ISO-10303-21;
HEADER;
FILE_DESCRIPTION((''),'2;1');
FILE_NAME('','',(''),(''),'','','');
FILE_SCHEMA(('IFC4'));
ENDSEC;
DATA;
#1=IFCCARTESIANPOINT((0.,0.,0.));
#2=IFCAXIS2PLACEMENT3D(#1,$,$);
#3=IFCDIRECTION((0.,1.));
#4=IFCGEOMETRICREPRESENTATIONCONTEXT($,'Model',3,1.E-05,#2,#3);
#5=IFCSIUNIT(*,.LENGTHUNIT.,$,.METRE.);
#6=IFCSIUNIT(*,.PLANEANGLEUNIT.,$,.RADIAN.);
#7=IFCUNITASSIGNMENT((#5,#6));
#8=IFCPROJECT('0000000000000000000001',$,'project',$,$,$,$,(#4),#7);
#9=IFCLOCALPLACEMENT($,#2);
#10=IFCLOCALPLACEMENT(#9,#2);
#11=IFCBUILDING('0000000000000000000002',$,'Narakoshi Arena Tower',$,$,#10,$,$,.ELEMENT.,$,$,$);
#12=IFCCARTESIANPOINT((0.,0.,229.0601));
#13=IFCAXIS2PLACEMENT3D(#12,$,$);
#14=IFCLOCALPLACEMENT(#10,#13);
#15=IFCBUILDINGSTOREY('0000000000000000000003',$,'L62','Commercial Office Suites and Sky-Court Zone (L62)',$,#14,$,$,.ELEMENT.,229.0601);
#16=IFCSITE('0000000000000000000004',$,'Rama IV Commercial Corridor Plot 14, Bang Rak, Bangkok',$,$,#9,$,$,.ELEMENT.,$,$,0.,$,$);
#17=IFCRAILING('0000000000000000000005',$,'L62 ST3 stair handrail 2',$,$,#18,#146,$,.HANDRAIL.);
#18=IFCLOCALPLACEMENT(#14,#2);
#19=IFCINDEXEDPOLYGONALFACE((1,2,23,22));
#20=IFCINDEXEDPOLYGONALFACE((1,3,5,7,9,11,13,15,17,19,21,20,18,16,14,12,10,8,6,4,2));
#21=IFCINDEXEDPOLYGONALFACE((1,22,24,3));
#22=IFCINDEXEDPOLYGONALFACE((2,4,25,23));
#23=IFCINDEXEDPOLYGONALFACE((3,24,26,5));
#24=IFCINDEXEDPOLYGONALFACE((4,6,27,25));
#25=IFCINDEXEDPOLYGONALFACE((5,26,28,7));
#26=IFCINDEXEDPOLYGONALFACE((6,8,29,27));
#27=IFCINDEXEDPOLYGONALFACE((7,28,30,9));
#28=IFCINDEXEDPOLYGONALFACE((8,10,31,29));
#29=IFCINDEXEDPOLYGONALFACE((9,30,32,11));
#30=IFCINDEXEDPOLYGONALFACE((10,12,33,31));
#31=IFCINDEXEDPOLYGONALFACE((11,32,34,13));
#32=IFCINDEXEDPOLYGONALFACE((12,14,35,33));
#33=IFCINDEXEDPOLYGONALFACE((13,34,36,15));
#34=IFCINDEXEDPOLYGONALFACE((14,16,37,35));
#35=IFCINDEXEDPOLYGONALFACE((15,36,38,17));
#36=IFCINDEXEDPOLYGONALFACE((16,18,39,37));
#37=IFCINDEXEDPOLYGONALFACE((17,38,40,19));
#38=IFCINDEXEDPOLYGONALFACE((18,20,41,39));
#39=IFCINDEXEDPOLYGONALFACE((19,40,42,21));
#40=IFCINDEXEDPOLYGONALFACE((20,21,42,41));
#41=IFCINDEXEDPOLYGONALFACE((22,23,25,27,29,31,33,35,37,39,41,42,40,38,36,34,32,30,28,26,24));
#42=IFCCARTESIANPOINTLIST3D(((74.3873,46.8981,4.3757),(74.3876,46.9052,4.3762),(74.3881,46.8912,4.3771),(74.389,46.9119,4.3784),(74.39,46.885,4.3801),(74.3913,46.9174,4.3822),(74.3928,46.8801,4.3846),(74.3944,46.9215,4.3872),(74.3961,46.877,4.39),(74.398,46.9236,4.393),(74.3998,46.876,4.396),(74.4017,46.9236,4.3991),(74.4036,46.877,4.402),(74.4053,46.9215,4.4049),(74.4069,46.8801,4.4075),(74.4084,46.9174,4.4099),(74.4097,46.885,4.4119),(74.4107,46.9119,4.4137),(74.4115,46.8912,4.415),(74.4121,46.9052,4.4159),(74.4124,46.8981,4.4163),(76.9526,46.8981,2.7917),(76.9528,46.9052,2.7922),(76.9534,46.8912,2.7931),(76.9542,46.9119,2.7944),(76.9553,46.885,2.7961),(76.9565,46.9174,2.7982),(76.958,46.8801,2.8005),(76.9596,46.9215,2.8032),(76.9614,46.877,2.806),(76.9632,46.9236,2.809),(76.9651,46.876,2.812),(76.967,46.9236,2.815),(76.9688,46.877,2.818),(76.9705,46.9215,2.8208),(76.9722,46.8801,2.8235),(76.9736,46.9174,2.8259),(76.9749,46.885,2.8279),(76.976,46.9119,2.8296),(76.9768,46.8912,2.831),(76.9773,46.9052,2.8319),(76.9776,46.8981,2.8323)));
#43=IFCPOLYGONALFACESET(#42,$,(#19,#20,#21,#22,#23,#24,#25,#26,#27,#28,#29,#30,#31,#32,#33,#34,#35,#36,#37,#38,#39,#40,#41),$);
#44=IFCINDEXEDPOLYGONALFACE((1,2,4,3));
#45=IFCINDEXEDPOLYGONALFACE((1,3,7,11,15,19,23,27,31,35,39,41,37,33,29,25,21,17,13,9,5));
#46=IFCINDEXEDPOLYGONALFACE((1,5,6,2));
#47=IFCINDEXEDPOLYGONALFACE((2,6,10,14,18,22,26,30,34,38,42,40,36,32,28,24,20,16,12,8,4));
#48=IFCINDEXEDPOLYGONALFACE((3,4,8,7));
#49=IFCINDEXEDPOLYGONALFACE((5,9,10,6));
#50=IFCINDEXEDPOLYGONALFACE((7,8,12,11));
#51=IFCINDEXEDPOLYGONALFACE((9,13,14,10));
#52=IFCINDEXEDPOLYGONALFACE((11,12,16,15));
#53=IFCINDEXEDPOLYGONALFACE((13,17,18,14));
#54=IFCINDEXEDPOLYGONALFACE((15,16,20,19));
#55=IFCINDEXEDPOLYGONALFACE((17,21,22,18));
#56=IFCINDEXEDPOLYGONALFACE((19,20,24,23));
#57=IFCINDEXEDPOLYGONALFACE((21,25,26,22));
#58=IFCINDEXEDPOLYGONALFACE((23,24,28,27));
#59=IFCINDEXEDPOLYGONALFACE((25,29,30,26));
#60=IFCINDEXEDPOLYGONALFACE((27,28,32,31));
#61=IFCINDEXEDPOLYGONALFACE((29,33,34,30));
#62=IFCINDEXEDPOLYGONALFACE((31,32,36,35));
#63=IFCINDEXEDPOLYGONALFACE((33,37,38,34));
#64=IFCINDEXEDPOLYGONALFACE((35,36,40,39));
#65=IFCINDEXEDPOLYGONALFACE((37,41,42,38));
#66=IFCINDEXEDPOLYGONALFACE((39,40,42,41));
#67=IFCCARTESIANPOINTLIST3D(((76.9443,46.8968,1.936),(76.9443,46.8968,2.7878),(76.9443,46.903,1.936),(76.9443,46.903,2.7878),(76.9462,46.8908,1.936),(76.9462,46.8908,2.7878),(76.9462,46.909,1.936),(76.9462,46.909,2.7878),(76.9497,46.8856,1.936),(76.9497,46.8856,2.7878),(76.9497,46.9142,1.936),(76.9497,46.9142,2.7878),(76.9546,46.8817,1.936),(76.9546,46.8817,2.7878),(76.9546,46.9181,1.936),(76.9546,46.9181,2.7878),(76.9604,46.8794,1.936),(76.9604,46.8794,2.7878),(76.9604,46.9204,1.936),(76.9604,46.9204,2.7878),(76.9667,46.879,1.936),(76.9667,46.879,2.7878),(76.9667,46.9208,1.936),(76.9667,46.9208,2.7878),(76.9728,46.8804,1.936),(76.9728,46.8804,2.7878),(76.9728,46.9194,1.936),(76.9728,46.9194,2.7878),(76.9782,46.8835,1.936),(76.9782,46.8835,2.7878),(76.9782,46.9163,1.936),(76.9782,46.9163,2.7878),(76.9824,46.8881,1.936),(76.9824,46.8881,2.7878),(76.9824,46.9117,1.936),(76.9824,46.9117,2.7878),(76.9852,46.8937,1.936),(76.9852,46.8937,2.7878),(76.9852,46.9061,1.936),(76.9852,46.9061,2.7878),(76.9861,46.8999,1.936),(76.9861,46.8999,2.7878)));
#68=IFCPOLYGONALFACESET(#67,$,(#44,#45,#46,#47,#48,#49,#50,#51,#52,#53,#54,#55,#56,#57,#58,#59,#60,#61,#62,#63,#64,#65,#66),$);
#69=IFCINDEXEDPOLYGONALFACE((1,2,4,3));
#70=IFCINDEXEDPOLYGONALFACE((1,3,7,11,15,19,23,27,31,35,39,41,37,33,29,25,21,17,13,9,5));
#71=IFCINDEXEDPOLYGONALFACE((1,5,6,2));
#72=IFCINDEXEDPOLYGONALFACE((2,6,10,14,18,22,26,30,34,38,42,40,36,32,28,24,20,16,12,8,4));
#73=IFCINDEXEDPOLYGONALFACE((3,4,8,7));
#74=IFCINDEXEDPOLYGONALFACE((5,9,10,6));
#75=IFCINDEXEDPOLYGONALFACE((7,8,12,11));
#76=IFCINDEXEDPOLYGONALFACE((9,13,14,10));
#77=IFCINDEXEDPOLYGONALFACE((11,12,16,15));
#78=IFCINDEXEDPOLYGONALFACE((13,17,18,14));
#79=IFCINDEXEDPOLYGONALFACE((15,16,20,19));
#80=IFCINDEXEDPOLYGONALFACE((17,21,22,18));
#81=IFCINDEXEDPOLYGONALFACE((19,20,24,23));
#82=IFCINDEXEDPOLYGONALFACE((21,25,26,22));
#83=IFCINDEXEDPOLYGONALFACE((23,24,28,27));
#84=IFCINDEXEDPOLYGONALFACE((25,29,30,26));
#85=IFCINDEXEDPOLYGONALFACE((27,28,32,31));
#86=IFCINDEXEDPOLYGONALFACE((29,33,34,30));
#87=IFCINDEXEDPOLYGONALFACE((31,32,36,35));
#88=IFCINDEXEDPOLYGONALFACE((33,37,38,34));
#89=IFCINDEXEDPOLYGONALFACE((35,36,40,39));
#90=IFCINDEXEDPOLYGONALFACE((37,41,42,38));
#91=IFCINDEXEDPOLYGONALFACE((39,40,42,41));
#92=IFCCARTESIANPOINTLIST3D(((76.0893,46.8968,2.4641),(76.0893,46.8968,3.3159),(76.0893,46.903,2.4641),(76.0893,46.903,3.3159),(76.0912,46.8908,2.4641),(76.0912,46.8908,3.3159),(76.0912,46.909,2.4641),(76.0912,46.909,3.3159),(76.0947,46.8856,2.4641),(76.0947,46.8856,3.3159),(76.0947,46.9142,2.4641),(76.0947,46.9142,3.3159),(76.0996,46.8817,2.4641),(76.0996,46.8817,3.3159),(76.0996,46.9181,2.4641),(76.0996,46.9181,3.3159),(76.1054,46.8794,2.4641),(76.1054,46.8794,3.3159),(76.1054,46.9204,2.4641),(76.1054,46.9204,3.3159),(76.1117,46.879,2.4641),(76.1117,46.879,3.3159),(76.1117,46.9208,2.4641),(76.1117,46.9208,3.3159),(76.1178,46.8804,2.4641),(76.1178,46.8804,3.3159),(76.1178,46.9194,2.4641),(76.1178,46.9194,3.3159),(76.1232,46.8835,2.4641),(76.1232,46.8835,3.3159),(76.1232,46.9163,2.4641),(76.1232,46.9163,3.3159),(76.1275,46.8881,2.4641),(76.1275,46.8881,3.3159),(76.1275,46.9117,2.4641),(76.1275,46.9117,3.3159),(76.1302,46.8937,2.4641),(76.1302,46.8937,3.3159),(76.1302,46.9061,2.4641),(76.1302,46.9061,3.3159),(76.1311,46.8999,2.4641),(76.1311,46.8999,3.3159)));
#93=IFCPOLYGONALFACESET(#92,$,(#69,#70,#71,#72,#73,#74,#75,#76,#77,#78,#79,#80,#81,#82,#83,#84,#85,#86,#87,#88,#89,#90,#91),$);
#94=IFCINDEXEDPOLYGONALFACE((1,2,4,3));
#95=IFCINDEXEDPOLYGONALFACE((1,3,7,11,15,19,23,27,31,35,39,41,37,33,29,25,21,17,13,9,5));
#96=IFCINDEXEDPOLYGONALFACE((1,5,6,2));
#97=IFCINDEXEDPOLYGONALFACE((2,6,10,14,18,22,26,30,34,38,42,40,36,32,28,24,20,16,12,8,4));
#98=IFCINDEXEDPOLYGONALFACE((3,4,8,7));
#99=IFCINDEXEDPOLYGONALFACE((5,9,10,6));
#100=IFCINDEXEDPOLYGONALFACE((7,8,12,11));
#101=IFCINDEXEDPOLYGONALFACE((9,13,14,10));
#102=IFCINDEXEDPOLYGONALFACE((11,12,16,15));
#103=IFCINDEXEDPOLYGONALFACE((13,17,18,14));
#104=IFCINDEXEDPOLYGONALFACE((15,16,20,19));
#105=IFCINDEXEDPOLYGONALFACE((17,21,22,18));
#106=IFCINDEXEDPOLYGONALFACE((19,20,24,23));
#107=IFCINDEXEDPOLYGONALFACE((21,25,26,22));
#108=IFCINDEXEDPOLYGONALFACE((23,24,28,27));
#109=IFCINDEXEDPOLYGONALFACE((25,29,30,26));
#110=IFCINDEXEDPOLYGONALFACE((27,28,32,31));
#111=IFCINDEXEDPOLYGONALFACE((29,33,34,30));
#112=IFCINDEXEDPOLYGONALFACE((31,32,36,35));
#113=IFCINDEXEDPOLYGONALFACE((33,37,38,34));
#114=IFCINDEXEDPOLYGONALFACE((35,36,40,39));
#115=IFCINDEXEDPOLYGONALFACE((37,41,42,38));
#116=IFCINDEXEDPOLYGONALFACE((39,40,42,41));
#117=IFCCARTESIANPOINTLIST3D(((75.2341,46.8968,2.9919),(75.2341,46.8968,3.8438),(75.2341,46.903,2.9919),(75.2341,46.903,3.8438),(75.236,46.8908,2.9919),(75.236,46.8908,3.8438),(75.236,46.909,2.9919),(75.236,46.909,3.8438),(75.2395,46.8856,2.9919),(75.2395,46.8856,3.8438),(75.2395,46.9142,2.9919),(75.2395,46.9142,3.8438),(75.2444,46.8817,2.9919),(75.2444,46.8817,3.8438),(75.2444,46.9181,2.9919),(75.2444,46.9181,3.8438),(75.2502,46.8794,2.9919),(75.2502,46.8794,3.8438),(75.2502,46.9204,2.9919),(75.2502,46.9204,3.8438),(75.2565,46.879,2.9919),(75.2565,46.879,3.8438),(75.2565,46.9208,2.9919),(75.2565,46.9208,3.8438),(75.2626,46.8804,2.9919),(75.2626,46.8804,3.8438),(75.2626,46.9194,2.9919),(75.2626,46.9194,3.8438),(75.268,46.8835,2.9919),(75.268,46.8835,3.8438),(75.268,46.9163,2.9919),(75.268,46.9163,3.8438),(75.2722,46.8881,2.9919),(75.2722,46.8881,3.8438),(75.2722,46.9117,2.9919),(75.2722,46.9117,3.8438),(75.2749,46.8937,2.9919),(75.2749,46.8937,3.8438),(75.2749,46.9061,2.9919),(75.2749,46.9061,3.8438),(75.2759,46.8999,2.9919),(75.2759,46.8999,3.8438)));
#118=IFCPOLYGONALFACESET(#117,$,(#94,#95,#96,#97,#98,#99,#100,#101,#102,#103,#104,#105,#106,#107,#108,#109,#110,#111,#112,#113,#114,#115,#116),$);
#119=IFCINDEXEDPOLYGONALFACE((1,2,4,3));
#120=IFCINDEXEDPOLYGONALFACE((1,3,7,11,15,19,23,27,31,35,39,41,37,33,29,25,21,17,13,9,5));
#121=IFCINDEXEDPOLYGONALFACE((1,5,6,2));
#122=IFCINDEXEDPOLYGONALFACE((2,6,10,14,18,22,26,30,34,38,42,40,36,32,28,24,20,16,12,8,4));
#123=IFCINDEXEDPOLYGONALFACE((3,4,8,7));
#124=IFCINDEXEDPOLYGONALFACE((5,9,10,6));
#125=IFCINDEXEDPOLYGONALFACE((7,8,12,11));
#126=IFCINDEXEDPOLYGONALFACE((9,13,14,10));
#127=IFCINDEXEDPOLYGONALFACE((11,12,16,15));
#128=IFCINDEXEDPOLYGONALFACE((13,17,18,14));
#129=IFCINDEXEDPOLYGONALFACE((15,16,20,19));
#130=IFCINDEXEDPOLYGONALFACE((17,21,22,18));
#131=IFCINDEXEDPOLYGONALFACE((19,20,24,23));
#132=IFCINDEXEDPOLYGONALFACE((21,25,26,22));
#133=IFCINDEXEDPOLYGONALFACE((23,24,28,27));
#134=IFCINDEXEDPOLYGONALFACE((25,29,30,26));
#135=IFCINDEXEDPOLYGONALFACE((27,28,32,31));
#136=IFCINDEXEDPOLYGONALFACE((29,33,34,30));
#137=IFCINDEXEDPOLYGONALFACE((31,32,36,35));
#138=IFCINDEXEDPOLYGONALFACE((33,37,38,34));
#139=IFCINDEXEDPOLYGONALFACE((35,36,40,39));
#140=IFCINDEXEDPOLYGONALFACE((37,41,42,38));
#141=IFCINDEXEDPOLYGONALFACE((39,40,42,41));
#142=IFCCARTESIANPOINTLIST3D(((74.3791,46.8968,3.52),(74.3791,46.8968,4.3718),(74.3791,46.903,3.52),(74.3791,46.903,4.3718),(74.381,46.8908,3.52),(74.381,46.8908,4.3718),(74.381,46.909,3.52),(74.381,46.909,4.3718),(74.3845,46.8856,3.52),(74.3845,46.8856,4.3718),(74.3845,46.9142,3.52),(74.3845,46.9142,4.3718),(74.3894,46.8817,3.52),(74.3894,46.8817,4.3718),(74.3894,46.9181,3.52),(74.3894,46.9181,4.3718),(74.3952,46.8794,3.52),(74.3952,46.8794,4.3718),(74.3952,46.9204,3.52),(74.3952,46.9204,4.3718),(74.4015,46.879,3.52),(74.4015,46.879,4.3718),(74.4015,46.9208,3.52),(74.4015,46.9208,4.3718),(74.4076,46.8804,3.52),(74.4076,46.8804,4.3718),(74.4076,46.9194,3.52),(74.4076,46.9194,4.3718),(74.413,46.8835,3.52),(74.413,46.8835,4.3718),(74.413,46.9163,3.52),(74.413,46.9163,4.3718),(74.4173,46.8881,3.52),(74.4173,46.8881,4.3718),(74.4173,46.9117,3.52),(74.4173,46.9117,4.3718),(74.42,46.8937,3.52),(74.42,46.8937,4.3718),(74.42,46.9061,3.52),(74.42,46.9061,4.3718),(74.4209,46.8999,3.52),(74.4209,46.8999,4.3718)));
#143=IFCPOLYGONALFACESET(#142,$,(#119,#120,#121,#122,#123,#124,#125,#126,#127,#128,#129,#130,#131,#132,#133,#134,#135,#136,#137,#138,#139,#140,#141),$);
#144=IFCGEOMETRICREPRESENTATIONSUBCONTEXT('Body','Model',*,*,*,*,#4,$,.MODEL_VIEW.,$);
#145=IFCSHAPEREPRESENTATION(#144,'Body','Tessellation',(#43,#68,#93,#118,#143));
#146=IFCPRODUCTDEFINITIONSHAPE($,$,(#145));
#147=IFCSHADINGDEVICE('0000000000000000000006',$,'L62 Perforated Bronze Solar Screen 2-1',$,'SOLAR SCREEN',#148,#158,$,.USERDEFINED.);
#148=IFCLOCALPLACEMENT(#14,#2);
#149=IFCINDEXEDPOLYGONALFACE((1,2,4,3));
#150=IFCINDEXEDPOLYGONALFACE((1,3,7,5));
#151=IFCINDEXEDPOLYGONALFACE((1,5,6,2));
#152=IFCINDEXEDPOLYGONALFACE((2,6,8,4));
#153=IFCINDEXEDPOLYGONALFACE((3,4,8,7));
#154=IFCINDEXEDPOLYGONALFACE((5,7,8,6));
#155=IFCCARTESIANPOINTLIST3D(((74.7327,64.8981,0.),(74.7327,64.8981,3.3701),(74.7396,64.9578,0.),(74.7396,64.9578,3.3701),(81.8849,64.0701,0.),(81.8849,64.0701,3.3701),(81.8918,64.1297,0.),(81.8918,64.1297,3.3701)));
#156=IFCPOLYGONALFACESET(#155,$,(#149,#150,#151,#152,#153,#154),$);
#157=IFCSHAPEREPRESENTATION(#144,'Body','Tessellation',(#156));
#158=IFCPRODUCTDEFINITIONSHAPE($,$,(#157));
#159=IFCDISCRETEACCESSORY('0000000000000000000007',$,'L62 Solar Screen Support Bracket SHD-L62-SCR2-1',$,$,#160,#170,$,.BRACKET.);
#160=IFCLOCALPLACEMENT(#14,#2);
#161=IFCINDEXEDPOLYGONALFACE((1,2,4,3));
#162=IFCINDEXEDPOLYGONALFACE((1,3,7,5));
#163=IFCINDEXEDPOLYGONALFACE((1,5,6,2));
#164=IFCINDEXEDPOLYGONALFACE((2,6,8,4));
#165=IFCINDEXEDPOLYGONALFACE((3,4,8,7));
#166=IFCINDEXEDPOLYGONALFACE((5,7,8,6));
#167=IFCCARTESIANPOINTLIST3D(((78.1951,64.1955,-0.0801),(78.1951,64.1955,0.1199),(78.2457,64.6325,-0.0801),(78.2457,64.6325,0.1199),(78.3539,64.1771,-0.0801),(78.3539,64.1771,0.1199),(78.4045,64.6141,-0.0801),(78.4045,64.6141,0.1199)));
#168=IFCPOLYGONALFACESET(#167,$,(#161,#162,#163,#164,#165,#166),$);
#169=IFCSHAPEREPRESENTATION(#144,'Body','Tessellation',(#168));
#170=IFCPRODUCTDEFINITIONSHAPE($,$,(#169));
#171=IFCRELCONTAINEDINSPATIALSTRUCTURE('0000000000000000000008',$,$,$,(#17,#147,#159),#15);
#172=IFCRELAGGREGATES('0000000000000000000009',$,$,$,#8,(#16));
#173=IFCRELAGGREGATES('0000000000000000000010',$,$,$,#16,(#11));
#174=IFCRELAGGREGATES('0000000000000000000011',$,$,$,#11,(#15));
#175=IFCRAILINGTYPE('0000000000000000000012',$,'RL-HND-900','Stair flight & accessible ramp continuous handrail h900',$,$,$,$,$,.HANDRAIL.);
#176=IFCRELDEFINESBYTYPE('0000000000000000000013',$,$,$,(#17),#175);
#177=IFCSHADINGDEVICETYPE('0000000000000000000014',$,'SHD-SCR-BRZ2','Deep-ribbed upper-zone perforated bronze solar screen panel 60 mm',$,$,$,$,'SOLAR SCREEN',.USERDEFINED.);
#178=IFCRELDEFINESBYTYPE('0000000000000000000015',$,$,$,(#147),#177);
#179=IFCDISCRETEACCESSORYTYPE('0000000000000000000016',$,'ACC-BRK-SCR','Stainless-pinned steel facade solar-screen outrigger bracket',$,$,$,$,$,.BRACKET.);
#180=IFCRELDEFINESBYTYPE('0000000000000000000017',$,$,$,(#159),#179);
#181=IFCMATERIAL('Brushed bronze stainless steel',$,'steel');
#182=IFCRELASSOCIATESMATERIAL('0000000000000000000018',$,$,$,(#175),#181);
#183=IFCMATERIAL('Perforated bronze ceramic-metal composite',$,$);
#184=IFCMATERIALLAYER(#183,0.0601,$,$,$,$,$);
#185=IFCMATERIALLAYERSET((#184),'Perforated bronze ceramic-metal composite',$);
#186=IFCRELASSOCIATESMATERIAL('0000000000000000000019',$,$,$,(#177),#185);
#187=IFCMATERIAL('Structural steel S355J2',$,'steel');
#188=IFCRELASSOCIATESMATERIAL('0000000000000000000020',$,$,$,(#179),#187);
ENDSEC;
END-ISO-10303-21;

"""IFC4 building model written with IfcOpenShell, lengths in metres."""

from ifc_helpers import new_model, si_unit, direction, frame, origin, origin_2d, place, context, subcontext, project, spatial, rectangle, circle, extrude, material, layer, layer_set, type_object, element, save


model = new_model("IFC4")

# Units and contexts
model_context = context("Model", 3, precision=1e-05, world=origin(), true_north=direction((0.0, 1.0)))
body_context = subcontext(model_context, "Body", "Model", "MODEL_VIEW")
ifc_project = project(units=[si_unit("LENGTHUNIT", "METRE"), si_unit("PLANEANGLEUNIT", "RADIAN")], contexts=[model_context])

# Site, building, storey
site_placement = place(None, origin())
site = spatial("IfcSite", under=ifc_project, at=site_placement, Name="Rama IV Commercial Corridor Plot 14, Bang Rak, Bangkok", CompositionType="ELEMENT", RefElevation=0.0)
building_placement = place(site_placement, origin())
building = spatial("IfcBuilding", under=site, at=building_placement, Name="Narakoshi Arena Tower", CompositionType="ELEMENT")
storey_placement = place(building_placement, frame((0.0, 0.0, 229.0601)))
storey = spatial("IfcBuildingStorey", under=building, at=storey_placement, Name="L62", Description="Commercial Office Suites and Sky-Court Zone (L62)", CompositionType="ELEMENT", Elevation=229.0601)

# Shared definitions
ifc_material_1 = material(Name="Brushed bronze stainless steel", Category="steel")

# Railing
railing_type_1 = type_object("IfcRailingType", Name="RL-HND-900", Description="Stair flight & accessible ramp continuous handrail h900", PredefinedType="HANDRAIL", material=ifc_material_1)
railing_1_placement = place(storey_placement, frame((76.9651, 46.8999, 1.936)))
element("IfcRailing", 1, at=railing_1_placement, inside=storey, type_object=railing_type_1, Name="L62 ST3 stair handrail 2", PredefinedType="HANDRAIL", context=body_context, shape_type="SweptSolid", body=[
    extrude(circle(Radius=0.0239, at=origin_2d()), frame((0.0, 0.0, 0.876), z_axis=(-0.850857, 0.0, 0.525398), x_axis=(0.0, -1.0, 0.0)), (0.0, 0.0, 1.0), 3.0149),
    extrude(circle(Radius=0.021, at=origin_2d()), origin(), (0.0, 0.0, 1.0), 0.8518),
    extrude(circle(Radius=0.021, at=origin_2d()), frame((-0.855, 0.0, 0.5281)), (0.0, 0.0, 1.0), 0.8518),
    extrude(circle(Radius=0.021, at=origin_2d()), frame((-1.7102, 0.0, 1.0559)), (0.0, 0.0, 1.0), 0.8518),
    extrude(circle(Radius=0.021, at=origin_2d()), frame((-2.5652, 0.0, 1.584)), (0.0, 0.0, 1.0), 0.8518),
])

# Shading device
ifc_material_2 = material(Name="Perforated bronze ceramic-metal composite")
ifc_layer_1 = layer(ifc_material_2, 0.0601)
ifc_layer_set_1 = layer_set([ifc_layer_1], Name="Perforated bronze ceramic-metal composite")
shading_device_type = type_object("IfcShadingDeviceType", Name="SHD-SCR-BRZ2", Description="Deep-ribbed upper-zone perforated bronze solar screen panel 60 mm", ElementType="SOLAR SCREEN", PredefinedType="USERDEFINED", material=ifc_layer_set_1)
shading_device_placement = place(storey_placement, frame((78.3123, 64.5139, 0.0), z_axis=(0.0, 0.0, 1.0), x_axis=(-0.993365, 0.115007, 0.0)))
element("IfcShadingDevice", 2, at=shading_device_placement, inside=storey, type_object=shading_device_type, Name="L62 Perforated Bronze Solar Screen 2-1", ObjectType="SOLAR SCREEN", PredefinedType="USERDEFINED", context=body_context, shape_type="SweptSolid", body=[
    extrude(rectangle(XDim=7.2, YDim=0.0601, at=origin_2d()), origin(), (0.0, 0.0, 1.0), 3.3701),
])

# Discrete accessory
ifc_material_3 = material(Name="Structural steel S355J2", Category="steel")
discrete_accessory_type = type_object("IfcDiscreteAccessoryType", Name="ACC-BRK-SCR", Description="Stainless-pinned steel facade solar-screen outrigger bracket", PredefinedType="BRACKET", material=ifc_material_3)
discrete_accessory_placement = place(storey_placement, frame((78.2998, 64.4048, -0.0801), z_axis=(0.0, 0.0, 1.0), x_axis=(-0.993365, 0.115007, 0.0)))
element("IfcDiscreteAccessory", 3, at=discrete_accessory_placement, inside=storey, type_object=discrete_accessory_type, Name="L62 Solar Screen Support Bracket SHD-L62-SCR2-1", PredefinedType="BRACKET", context=body_context, shape_type="SweptSolid", body=[
    extrude(rectangle(XDim=0.1599, YDim=0.4399, at=origin_2d()), origin(), (0.0, 0.0, 1.0), 0.2),
])

save(model, "model.ifc")
